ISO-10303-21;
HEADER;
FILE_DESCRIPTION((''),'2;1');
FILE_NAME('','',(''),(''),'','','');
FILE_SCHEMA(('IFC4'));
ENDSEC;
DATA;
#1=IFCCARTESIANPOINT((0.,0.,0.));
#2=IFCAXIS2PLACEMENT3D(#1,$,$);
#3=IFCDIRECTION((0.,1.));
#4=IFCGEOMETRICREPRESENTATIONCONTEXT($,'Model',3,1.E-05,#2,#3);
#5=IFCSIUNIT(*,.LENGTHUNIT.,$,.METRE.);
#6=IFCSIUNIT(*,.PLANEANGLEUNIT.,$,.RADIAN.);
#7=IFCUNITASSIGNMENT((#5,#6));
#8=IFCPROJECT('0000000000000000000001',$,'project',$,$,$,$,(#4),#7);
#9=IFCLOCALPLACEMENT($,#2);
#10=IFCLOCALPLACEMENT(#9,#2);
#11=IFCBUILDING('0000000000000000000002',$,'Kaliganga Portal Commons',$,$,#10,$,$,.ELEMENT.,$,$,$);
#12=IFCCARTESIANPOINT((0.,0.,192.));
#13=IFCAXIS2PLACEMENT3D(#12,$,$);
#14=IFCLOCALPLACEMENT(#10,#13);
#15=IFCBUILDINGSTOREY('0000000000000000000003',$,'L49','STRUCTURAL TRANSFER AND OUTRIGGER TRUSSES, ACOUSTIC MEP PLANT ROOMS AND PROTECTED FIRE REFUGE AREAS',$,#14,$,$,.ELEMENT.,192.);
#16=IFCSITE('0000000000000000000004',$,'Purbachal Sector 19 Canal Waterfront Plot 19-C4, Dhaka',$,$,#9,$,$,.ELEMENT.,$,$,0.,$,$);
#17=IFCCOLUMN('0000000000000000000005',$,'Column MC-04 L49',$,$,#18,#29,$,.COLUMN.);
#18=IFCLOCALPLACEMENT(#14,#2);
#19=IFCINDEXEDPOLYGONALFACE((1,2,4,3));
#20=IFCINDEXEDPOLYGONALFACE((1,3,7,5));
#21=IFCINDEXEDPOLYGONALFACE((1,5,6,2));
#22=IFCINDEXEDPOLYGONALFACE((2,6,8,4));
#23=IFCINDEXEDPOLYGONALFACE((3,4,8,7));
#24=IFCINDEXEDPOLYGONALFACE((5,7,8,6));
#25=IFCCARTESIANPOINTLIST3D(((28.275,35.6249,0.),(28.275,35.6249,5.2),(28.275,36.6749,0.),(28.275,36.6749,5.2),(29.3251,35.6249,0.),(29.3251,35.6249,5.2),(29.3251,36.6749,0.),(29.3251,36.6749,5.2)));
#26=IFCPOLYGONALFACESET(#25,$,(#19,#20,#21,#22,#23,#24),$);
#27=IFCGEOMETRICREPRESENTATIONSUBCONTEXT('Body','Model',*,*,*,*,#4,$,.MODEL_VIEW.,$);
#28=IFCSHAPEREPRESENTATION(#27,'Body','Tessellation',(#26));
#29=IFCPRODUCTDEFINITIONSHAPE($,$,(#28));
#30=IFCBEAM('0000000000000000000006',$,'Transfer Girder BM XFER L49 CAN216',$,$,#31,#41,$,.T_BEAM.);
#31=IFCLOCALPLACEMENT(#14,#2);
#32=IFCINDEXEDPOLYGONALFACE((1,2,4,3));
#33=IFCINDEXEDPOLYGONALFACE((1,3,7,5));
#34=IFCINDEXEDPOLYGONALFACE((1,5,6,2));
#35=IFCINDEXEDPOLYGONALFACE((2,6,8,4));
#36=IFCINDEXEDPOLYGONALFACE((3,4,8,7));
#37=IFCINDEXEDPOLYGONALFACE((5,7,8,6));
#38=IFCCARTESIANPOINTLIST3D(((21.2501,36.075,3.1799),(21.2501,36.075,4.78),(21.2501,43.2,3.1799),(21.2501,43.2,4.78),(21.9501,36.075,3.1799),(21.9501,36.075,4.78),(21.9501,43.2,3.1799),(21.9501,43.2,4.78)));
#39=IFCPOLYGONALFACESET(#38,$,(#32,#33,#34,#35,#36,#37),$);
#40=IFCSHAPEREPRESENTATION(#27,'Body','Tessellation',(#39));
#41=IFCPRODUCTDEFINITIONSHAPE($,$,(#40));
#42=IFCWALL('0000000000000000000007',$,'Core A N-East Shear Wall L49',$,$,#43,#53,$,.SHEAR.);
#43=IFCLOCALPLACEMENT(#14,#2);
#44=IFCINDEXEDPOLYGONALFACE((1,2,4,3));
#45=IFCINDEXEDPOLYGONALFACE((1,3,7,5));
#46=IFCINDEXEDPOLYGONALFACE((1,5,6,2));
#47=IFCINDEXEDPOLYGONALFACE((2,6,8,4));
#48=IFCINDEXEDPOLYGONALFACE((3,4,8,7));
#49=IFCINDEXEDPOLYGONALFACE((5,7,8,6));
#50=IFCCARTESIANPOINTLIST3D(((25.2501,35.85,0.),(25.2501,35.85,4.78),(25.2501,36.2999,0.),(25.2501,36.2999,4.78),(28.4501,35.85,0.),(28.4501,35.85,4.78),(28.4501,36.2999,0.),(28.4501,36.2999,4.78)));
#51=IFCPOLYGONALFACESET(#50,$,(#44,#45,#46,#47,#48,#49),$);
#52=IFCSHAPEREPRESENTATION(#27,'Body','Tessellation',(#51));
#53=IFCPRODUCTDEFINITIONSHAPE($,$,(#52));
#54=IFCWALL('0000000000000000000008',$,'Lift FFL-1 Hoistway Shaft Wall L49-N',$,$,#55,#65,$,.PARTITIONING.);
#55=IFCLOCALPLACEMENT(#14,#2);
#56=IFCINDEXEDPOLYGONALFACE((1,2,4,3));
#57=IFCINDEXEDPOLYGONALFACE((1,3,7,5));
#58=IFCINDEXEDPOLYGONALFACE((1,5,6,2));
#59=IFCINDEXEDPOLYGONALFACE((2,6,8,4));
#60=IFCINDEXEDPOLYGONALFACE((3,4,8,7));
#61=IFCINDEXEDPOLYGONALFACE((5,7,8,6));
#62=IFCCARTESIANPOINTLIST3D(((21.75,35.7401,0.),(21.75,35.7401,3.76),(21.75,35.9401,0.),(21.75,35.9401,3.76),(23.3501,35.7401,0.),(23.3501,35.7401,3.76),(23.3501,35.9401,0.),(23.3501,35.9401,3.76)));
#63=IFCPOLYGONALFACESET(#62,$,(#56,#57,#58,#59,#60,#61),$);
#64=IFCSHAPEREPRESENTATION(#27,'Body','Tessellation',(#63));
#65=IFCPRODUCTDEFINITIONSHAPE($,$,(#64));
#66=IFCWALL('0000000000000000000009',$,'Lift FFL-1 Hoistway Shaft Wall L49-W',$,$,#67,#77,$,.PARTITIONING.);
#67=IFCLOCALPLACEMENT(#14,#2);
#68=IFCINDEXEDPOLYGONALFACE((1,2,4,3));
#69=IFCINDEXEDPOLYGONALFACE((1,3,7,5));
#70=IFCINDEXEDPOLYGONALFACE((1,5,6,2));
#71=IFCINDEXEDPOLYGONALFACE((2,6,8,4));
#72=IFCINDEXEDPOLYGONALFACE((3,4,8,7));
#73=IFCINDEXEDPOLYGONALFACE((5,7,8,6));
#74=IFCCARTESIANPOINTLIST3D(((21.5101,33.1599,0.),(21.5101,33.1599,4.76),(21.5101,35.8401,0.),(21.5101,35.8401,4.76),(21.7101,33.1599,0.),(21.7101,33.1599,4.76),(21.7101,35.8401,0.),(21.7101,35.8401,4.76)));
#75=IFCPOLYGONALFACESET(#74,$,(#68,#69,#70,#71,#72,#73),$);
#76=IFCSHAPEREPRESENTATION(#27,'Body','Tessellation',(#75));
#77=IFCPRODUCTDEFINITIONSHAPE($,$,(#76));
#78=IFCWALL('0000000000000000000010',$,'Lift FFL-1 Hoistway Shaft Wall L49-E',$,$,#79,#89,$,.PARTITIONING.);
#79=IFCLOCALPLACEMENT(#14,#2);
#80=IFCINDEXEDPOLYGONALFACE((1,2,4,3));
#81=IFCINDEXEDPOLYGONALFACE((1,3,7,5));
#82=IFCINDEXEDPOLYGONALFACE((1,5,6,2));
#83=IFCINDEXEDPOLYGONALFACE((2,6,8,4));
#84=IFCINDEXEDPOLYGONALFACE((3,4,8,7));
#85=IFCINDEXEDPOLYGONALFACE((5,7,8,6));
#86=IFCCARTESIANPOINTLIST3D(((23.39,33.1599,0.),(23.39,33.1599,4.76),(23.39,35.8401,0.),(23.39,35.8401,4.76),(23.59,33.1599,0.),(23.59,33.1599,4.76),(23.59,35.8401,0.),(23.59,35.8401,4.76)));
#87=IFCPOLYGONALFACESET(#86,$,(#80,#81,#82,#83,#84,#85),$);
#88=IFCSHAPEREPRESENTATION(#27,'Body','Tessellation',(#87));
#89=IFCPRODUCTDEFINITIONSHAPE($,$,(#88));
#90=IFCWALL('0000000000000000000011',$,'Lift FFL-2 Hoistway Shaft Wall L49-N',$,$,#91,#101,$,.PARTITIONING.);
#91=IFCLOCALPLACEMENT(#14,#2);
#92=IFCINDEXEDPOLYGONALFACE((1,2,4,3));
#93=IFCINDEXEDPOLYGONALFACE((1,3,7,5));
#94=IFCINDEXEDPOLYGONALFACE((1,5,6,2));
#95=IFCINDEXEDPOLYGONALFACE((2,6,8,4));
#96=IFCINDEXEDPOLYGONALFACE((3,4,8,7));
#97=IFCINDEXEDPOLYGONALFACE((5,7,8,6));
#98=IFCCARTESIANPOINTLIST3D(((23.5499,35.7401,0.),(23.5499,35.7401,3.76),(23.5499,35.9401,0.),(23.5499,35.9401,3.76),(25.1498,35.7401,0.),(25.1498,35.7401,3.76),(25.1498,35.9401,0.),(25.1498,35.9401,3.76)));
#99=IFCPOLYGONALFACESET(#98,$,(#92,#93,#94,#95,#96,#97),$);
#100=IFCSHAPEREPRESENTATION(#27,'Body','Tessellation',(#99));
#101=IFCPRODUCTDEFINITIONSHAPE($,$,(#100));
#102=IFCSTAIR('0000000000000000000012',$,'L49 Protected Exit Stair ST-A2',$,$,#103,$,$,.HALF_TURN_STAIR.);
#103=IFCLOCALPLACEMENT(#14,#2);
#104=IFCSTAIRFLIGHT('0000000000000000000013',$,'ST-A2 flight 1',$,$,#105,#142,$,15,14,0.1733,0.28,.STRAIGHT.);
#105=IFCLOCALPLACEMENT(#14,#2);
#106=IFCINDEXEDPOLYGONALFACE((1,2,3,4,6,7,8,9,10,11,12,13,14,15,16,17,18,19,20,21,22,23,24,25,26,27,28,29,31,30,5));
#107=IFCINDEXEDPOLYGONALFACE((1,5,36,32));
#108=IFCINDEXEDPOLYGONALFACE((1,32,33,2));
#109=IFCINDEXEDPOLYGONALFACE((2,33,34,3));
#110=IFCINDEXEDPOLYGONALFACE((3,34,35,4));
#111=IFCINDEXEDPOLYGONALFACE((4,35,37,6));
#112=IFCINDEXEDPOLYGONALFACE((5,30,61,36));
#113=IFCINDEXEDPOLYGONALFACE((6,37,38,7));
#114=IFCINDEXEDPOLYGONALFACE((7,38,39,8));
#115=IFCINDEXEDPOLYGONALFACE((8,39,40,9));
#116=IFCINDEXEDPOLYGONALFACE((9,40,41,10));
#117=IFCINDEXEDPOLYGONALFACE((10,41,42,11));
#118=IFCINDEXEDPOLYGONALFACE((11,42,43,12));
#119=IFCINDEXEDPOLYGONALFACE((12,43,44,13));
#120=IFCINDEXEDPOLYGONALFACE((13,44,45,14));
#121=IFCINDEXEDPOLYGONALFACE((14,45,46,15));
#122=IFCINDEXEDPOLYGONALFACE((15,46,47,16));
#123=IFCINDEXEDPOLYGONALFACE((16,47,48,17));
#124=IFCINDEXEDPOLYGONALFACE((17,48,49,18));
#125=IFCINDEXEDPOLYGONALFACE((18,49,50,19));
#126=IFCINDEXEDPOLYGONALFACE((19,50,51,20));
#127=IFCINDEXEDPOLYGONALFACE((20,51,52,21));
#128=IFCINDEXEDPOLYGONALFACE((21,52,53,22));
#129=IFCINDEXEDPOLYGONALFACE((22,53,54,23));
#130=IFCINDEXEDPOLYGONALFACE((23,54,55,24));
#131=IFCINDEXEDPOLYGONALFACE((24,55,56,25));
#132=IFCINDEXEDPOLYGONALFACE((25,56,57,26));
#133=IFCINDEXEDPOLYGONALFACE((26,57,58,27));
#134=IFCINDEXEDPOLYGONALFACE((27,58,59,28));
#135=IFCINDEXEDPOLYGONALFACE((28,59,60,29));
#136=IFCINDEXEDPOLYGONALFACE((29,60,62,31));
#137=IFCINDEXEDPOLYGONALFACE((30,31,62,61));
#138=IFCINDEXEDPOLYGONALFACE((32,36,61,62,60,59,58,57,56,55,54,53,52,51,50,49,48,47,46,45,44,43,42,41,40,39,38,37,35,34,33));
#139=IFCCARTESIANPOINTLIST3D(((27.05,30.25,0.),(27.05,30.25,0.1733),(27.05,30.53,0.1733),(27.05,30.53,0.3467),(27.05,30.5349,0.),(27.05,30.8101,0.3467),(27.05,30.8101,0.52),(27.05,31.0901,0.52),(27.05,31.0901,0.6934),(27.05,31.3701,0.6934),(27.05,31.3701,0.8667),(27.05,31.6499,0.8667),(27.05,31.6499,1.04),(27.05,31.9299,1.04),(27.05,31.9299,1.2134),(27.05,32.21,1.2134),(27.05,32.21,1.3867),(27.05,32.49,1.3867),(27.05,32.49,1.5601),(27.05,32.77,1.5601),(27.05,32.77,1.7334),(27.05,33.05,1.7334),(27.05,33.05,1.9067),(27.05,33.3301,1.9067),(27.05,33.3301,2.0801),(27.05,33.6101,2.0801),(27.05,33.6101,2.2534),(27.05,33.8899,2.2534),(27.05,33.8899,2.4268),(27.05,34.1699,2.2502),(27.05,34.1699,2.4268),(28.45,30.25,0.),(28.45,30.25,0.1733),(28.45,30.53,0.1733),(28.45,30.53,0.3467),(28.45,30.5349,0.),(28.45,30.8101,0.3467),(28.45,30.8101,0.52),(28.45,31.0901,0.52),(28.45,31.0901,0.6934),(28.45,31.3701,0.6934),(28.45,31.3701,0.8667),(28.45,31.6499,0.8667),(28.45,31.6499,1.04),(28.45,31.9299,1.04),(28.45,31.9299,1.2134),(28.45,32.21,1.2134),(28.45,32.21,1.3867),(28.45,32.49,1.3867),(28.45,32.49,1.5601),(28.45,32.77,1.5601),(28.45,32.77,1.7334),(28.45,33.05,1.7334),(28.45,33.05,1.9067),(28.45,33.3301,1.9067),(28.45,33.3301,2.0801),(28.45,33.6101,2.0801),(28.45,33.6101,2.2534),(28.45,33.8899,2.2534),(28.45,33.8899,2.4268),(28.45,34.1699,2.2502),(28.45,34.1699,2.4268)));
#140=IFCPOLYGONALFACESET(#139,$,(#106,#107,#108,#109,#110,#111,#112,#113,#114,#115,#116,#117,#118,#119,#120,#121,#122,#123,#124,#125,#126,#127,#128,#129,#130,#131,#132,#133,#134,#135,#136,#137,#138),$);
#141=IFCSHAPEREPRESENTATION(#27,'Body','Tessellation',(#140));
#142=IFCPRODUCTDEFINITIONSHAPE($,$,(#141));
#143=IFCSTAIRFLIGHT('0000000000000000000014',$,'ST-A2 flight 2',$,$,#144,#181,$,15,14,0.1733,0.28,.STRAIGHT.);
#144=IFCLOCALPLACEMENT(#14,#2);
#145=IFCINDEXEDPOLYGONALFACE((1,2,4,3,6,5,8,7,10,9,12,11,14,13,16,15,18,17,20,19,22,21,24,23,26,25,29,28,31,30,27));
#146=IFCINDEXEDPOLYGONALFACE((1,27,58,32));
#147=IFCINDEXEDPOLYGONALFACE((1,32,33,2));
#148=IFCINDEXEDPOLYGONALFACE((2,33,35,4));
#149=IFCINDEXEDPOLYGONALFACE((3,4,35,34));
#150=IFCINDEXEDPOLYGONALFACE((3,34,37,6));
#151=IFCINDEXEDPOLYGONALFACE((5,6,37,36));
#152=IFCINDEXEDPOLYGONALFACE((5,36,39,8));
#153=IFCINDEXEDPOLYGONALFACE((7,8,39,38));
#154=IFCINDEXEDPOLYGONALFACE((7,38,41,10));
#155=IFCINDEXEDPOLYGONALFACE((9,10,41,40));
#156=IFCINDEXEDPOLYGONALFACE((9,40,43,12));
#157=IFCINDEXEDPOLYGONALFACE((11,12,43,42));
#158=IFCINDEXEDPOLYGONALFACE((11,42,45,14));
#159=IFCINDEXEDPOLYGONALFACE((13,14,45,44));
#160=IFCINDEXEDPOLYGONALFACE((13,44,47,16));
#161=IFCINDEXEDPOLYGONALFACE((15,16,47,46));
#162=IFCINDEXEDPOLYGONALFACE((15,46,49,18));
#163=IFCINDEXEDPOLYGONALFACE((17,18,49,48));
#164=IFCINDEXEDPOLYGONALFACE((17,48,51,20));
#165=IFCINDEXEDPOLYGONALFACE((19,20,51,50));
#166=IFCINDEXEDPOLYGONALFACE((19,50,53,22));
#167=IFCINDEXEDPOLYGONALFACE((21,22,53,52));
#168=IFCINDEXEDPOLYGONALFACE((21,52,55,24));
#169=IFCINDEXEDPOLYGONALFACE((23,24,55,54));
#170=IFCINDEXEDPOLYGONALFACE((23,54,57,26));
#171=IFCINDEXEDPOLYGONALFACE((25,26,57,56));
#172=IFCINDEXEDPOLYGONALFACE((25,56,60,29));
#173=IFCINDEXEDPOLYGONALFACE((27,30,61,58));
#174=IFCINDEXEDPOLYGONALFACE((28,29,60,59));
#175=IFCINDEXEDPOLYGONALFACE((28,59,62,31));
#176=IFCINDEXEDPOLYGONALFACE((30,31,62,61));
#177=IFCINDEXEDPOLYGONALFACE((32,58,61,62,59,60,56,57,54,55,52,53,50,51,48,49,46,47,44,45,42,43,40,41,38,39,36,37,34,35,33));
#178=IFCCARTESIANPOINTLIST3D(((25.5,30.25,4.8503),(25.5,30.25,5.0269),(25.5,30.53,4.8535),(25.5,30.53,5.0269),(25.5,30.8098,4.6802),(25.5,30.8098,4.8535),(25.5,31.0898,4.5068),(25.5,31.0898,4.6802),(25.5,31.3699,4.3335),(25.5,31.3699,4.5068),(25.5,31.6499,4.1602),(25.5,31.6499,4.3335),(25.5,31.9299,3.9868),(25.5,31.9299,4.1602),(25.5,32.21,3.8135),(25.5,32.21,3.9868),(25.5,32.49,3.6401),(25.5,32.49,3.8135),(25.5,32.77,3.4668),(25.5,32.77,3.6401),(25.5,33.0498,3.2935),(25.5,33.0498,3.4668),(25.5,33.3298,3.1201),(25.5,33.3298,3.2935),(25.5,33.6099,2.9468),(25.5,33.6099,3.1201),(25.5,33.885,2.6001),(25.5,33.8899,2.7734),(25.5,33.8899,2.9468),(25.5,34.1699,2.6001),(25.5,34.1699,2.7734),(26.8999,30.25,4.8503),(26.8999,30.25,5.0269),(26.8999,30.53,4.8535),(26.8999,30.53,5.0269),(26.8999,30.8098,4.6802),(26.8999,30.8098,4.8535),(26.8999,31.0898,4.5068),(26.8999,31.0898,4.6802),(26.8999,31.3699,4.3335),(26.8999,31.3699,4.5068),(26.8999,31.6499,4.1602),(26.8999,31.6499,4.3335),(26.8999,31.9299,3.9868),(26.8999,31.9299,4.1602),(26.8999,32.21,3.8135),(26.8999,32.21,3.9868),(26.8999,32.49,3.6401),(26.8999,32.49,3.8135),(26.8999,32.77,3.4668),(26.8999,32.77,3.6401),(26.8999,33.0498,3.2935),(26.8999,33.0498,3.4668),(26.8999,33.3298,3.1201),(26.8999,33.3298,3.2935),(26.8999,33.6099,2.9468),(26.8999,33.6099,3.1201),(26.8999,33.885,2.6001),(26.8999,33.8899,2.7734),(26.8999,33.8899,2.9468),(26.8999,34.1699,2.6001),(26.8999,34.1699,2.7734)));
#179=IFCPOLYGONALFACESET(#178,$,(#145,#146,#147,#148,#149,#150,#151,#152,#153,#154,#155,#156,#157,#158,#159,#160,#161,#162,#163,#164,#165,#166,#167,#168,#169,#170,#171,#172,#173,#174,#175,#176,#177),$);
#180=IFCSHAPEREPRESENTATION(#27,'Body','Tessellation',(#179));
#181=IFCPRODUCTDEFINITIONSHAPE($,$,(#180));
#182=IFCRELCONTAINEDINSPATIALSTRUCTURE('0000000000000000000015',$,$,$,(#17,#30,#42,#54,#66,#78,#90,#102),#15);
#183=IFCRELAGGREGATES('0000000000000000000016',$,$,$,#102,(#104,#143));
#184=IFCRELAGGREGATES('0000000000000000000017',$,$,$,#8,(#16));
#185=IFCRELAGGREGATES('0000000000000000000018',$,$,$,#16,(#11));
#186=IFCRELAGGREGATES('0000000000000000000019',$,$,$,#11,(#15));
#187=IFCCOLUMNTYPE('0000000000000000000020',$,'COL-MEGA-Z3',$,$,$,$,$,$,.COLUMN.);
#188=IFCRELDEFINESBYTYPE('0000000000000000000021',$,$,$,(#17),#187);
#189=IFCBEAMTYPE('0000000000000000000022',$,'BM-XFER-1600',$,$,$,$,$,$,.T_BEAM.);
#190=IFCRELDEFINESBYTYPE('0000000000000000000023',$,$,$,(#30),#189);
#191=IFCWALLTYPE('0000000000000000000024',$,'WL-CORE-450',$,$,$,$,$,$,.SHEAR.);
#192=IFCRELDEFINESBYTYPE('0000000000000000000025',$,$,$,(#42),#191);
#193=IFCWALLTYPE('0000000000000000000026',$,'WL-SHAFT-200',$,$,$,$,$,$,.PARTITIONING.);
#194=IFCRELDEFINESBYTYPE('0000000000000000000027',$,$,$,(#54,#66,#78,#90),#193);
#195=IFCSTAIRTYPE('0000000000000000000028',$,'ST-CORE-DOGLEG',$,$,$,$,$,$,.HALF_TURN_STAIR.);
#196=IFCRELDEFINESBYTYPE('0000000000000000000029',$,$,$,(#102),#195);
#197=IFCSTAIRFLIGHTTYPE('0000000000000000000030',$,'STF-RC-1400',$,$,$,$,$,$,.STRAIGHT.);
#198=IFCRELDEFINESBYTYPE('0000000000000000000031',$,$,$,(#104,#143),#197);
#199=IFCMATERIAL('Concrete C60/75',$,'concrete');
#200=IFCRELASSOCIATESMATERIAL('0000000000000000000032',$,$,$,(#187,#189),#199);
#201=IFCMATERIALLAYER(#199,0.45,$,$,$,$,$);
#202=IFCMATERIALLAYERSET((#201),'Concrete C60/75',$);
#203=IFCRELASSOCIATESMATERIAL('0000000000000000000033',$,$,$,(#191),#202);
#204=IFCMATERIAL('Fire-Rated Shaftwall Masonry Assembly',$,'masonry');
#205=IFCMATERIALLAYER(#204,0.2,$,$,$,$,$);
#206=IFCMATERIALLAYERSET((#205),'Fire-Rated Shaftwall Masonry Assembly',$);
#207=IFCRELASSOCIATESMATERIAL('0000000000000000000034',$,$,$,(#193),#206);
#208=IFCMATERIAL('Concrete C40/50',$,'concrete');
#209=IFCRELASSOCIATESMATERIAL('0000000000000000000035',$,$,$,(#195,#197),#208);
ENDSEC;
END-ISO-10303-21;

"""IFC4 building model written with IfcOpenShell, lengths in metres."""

from ifc_helpers import new_model, si_unit, direction, frame, frame_2d, origin, origin_2d, place, context, subcontext, project, spatial, polyline, rectangle, outline, extrude, source, transform, mapped, material, layer, layer_set, material_profile, profile_set, type_object, element, aggregate, save


model = new_model("IFC4")

# Units and contexts
model_context = context("Model", 3, precision=1e-05, world=origin(), true_north=direction((0.0, 1.0)))
body_context = subcontext(model_context, "Body", "Model", "MODEL_VIEW")
ifc_project = project(units=[si_unit("LENGTHUNIT", "METRE"), si_unit("PLANEANGLEUNIT", "RADIAN")], contexts=[model_context])

# Site, building, storey
site_placement = place(None, origin())
site = spatial("IfcSite", under=ifc_project, at=site_placement, Name="Purbachal Sector 19 Canal Waterfront Plot 19-C4, Dhaka", CompositionType="ELEMENT", RefElevation=0.0)
building_placement = place(site_placement, origin())
building = spatial("IfcBuilding", under=site, at=building_placement, Name="Kaliganga Portal Commons", CompositionType="ELEMENT")
storey_placement = place(building_placement, frame((0.0, 0.0, 192.0)))
storey = spatial("IfcBuildingStorey", under=building, at=storey_placement, Name="L49", Description="STRUCTURAL TRANSFER AND OUTRIGGER TRUSSES, ACOUSTIC MEP PLANT ROOMS AND PROTECTED FIRE REFUGE AREAS", CompositionType="ELEMENT", Elevation=192.0)

# Column
ifc_material_1 = material(Name="Concrete C60/75", Category="concrete")
ifc_material_profile_1 = material_profile(ifc_material_1, rectangle(XDim=1.05, YDim=1.05, at=origin_2d()), Name="RC 1050x1050")
ifc_profile_set_1 = profile_set([ifc_material_profile_1], Name="Concrete C60/75")
column_type = type_object("IfcColumnType", Name="COL-MEGA-Z3", PredefinedType="COLUMN", material=ifc_profile_set_1)
shared_shape_1 = source(origin(), body_context, "Body", "SweptSolid", [
    extrude(rectangle(XDim=1.05, YDim=1.05, at=origin_2d()), origin(), (0.0, 0.0, 1.0), 5.2),
])
column_placement = place(storey_placement, frame((28.8, 36.1499, 0.0), z_axis=(0.0, 0.0, 1.0), x_axis=(1.0, 0.0, 0.0)))
element("IfcColumn", 1, at=column_placement, inside=storey, type_object=column_type, Name="Column MC-04 L49", PredefinedType="COLUMN", context=body_context, shape_type="MappedRepresentation", body=[
    mapped(shared_shape_1, transform((0.0, 0.0, 0.0), x_axis=(1.0, 0.0, 0.0), y_axis=(0.0, 1.0, 0.0), z_axis=(0.0, 0.0, 1.0), scale=1.0)),
])

# Beam
ifc_material_profile_2 = material_profile(ifc_material_1, rectangle(XDim=0.7, YDim=1.6001, at=origin_2d()), Name="RC 700x1600")
ifc_profile_set_2 = profile_set([ifc_material_profile_2], Name="Concrete C60/75")
beam_type = type_object("IfcBeamType", Name="BM-XFER-1600", PredefinedType="T_BEAM", material=ifc_profile_set_2)
shared_shape_2 = source(origin(), body_context, "Body", "SweptSolid", [
    extrude(rectangle(XDim=0.7, YDim=1.6001, at=origin_2d()), origin(), (0.0, 0.0, 1.0), 7.125),
])
beam_placement = place(storey_placement, frame((21.6001, 36.075, 3.98), z_axis=(0.0, 1.0, 0.0), x_axis=(-1.0, 0.0, 0.0)))
element("IfcBeam", 2, at=beam_placement, inside=storey, type_object=beam_type, Name="Transfer Girder BM XFER L49 CAN216", PredefinedType="T_BEAM", context=body_context, shape_type="MappedRepresentation", body=[
    mapped(shared_shape_2, transform((0.0, 0.0, 0.0), x_axis=(1.0, 0.0, 0.0), y_axis=(0.0, 1.0, 0.0), z_axis=(0.0, 0.0, 1.0), scale=1.0)),
])

# Wall
ifc_layer_1 = layer(ifc_material_1, 0.45)
ifc_layer_set_1 = layer_set([ifc_layer_1], Name="Concrete C60/75")
wall_type_1 = type_object("IfcWallType", Name="WL-CORE-450", PredefinedType="SHEAR", material=ifc_layer_set_1)
wall_1_placement = place(storey_placement, frame((25.25, 36.075, 0.0), z_axis=(0.0, 0.0, 1.0), x_axis=(1.0, 0.0, 0.0)))
element("IfcWall", 3, at=wall_1_placement, inside=storey, type_object=wall_type_1, Name="Core A N-East Shear Wall L49", PredefinedType="SHEAR", context=body_context, shape_type="SweptSolid", body=[
    extrude(rectangle(XDim=3.2, YDim=0.45, at=frame_2d((1.6001, 0.0))), origin(), (0.0, 0.0, 1.0), 4.78),
])

# Shared definitions
ifc_material_2 = material(Name="Fire-Rated Shaftwall Masonry Assembly", Category="masonry")
ifc_layer_2 = layer(ifc_material_2, 0.2)
ifc_layer_set_2 = layer_set([ifc_layer_2], Name="Fire-Rated Shaftwall Masonry Assembly")
wall_type_2 = type_object("IfcWallType", Name="WL-SHAFT-200", PredefinedType="PARTITIONING", material=ifc_layer_set_2)

# Walls
wall_2_placement = place(storey_placement, frame((21.75, 35.8401, 0.0), z_axis=(0.0, 0.0, 1.0), x_axis=(1.0, 0.0, 0.0)))
element("IfcWall", 4, at=wall_2_placement, inside=storey, type_object=wall_type_2, Name="Lift FFL-1 Hoistway Shaft Wall L49-N", PredefinedType="PARTITIONING", context=body_context, shape_type="SweptSolid", body=[
    extrude(rectangle(XDim=1.6001, YDim=0.2, at=frame_2d((0.8, 0.0))), origin(), (0.0, 0.0, 1.0), 3.76),
])
for number, where, z_axis, x_axis, name in (
    (5, (21.6101, 33.1599, 0.0), (0.0, 0.0, 1.0), (0.0, 1.0, 0.0), "Lift FFL-1 Hoistway Shaft Wall L49-W"),
    (6, (23.49, 33.1599, 0.0), (0.0, 0.0, 1.0), (0.0, 1.0, 0.0), "Lift FFL-1 Hoistway Shaft Wall L49-E"),
):
    element("IfcWall", number, at=place(storey_placement, frame(where, z_axis=z_axis, x_axis=x_axis)), inside=storey, type_object=wall_type_2, Name=name, PredefinedType="PARTITIONING", context=body_context, shape_type="SweptSolid", body=[
        extrude(rectangle(XDim=2.6802, YDim=0.2, at=frame_2d((1.3401, 0.0))), origin(), (0.0, 0.0, 1.0), 4.76),
    ])

# Wall
wall_3_placement = place(storey_placement, frame((23.55, 35.8401, 0.0), z_axis=(0.0, 0.0, 1.0), x_axis=(1.0, 0.0, 0.0)))
element("IfcWall", 7, at=wall_3_placement, inside=storey, type_object=wall_type_2, Name="Lift FFL-2 Hoistway Shaft Wall L49-N", PredefinedType="PARTITIONING", context=body_context, shape_type="SweptSolid", body=[
    extrude(rectangle(XDim=1.5999, YDim=0.2, at=frame_2d((0.7998, 0.0))), origin(), (0.0, 0.0, 1.0), 3.76),
])

# Stair, stair flights
ifc_material_3 = material(Name="Concrete C40/50", Category="concrete")
stair_type = type_object("IfcStairType", Name="ST-CORE-DOGLEG", PredefinedType="HALF_TURN_STAIR", material=ifc_material_3)
stair_placement = place(storey_placement, origin())
stair = element("IfcStair", 8, at=stair_placement, inside=storey, type_object=stair_type, Name="L49 Protected Exit Stair ST-A2", PredefinedType="HALF_TURN_STAIR")
stair_flight_type = type_object("IfcStairFlightType", Name="STF-RC-1400", PredefinedType="STRAIGHT", material=ifc_material_3)
stair_flight_1_placement = place(storey_placement, frame((27.75, 30.25, 0.0), z_axis=(0.0, 0.0, 1.0), x_axis=(0.0, 1.0, 0.0)))
stair_flight_1 = element("IfcStairFlight", 9, at=stair_flight_1_placement, type_object=stair_flight_type, Name="ST-A2 flight 1", NumberOfRisers=15, NumberOfTreads=14, PredefinedType="STRAIGHT", RiserHeight=0.1733, TreadLength=0.28, context=body_context, shape_type="SweptSolid", body=[
    extrude(outline(polyline([(0.0, 0.0), (0.0, 0.1733), (0.28, 0.1733), (0.28, 0.3467), (0.5601, 0.3467), (0.5601, 0.52), (0.8401, 0.52), (0.8401, 0.6934), (1.1201, 0.6934), (1.1201, 0.8667), (1.3999, 0.8667), (1.3999, 1.04), (1.6799, 1.04), (1.6799, 1.2134), (1.96, 1.2134), (1.96, 1.3867), (2.24, 1.3867), (2.24, 1.5601), (2.52, 1.5601), (2.52, 1.7334), (2.8, 1.7334), (2.8, 1.9067), (3.0801, 1.9067), (3.0801, 2.0801), (3.3601, 2.0801), (3.3601, 2.2534), (3.6399, 2.2534), (3.6399, 2.4268), (3.9199, 2.4268), (3.9199, 2.6001), (3.9199, 2.2502), (0.2849, 0.0), (0.0, 0.0)])), frame((0.0, 0.7, 0.0), z_axis=(0.0, -1.0, 0.0), x_axis=(1.0, 0.0, 0.0)), (0.0, 0.0, 1.0), 1.3999),
])
stair_flight_2_placement = place(storey_placement, frame((26.2, 34.1699, 2.6001), z_axis=(0.0, 0.0, 1.0), x_axis=(0.0, -1.0, 0.0)))
stair_flight_2 = element("IfcStairFlight", 10, at=stair_flight_2_placement, type_object=stair_flight_type, Name="ST-A2 flight 2", NumberOfRisers=15, NumberOfTreads=14, PredefinedType="STRAIGHT", RiserHeight=0.1733, TreadLength=0.28, context=body_context, shape_type="SweptSolid", body=[
    extrude(outline(polyline([(0.0, 0.0), (0.0, 0.1733), (0.28, 0.1733), (0.28, 0.3467), (0.5601, 0.3467), (0.5601, 0.52), (0.8401, 0.52), (0.8401, 0.6934), (1.1201, 0.6934), (1.1201, 0.8667), (1.3999, 0.8667), (1.3999, 1.04), (1.6799, 1.04), (1.6799, 1.2134), (1.96, 1.2134), (1.96, 1.3867), (2.24, 1.3867), (2.24, 1.5601), (2.52, 1.5601), (2.52, 1.7334), (2.8, 1.7334), (2.8, 1.9067), (3.0801, 1.9067), (3.0801, 2.0801), (3.3601, 2.0801), (3.3601, 2.2534), (3.6399, 2.2534), (3.6399, 2.4268), (3.9199, 2.4268), (3.9199, 2.6001), (3.9199, 2.2502), (0.2849, 0.0), (0.0, 0.0)])), frame((0.0, 0.7, 0.0), z_axis=(0.0, -1.0, 0.0), x_axis=(1.0, 0.0, 0.0)), (0.0, 0.0, 1.0), 1.3999),
])
aggregate(stair, [stair_flight_1, stair_flight_2])

save(model, "model.ifc")
